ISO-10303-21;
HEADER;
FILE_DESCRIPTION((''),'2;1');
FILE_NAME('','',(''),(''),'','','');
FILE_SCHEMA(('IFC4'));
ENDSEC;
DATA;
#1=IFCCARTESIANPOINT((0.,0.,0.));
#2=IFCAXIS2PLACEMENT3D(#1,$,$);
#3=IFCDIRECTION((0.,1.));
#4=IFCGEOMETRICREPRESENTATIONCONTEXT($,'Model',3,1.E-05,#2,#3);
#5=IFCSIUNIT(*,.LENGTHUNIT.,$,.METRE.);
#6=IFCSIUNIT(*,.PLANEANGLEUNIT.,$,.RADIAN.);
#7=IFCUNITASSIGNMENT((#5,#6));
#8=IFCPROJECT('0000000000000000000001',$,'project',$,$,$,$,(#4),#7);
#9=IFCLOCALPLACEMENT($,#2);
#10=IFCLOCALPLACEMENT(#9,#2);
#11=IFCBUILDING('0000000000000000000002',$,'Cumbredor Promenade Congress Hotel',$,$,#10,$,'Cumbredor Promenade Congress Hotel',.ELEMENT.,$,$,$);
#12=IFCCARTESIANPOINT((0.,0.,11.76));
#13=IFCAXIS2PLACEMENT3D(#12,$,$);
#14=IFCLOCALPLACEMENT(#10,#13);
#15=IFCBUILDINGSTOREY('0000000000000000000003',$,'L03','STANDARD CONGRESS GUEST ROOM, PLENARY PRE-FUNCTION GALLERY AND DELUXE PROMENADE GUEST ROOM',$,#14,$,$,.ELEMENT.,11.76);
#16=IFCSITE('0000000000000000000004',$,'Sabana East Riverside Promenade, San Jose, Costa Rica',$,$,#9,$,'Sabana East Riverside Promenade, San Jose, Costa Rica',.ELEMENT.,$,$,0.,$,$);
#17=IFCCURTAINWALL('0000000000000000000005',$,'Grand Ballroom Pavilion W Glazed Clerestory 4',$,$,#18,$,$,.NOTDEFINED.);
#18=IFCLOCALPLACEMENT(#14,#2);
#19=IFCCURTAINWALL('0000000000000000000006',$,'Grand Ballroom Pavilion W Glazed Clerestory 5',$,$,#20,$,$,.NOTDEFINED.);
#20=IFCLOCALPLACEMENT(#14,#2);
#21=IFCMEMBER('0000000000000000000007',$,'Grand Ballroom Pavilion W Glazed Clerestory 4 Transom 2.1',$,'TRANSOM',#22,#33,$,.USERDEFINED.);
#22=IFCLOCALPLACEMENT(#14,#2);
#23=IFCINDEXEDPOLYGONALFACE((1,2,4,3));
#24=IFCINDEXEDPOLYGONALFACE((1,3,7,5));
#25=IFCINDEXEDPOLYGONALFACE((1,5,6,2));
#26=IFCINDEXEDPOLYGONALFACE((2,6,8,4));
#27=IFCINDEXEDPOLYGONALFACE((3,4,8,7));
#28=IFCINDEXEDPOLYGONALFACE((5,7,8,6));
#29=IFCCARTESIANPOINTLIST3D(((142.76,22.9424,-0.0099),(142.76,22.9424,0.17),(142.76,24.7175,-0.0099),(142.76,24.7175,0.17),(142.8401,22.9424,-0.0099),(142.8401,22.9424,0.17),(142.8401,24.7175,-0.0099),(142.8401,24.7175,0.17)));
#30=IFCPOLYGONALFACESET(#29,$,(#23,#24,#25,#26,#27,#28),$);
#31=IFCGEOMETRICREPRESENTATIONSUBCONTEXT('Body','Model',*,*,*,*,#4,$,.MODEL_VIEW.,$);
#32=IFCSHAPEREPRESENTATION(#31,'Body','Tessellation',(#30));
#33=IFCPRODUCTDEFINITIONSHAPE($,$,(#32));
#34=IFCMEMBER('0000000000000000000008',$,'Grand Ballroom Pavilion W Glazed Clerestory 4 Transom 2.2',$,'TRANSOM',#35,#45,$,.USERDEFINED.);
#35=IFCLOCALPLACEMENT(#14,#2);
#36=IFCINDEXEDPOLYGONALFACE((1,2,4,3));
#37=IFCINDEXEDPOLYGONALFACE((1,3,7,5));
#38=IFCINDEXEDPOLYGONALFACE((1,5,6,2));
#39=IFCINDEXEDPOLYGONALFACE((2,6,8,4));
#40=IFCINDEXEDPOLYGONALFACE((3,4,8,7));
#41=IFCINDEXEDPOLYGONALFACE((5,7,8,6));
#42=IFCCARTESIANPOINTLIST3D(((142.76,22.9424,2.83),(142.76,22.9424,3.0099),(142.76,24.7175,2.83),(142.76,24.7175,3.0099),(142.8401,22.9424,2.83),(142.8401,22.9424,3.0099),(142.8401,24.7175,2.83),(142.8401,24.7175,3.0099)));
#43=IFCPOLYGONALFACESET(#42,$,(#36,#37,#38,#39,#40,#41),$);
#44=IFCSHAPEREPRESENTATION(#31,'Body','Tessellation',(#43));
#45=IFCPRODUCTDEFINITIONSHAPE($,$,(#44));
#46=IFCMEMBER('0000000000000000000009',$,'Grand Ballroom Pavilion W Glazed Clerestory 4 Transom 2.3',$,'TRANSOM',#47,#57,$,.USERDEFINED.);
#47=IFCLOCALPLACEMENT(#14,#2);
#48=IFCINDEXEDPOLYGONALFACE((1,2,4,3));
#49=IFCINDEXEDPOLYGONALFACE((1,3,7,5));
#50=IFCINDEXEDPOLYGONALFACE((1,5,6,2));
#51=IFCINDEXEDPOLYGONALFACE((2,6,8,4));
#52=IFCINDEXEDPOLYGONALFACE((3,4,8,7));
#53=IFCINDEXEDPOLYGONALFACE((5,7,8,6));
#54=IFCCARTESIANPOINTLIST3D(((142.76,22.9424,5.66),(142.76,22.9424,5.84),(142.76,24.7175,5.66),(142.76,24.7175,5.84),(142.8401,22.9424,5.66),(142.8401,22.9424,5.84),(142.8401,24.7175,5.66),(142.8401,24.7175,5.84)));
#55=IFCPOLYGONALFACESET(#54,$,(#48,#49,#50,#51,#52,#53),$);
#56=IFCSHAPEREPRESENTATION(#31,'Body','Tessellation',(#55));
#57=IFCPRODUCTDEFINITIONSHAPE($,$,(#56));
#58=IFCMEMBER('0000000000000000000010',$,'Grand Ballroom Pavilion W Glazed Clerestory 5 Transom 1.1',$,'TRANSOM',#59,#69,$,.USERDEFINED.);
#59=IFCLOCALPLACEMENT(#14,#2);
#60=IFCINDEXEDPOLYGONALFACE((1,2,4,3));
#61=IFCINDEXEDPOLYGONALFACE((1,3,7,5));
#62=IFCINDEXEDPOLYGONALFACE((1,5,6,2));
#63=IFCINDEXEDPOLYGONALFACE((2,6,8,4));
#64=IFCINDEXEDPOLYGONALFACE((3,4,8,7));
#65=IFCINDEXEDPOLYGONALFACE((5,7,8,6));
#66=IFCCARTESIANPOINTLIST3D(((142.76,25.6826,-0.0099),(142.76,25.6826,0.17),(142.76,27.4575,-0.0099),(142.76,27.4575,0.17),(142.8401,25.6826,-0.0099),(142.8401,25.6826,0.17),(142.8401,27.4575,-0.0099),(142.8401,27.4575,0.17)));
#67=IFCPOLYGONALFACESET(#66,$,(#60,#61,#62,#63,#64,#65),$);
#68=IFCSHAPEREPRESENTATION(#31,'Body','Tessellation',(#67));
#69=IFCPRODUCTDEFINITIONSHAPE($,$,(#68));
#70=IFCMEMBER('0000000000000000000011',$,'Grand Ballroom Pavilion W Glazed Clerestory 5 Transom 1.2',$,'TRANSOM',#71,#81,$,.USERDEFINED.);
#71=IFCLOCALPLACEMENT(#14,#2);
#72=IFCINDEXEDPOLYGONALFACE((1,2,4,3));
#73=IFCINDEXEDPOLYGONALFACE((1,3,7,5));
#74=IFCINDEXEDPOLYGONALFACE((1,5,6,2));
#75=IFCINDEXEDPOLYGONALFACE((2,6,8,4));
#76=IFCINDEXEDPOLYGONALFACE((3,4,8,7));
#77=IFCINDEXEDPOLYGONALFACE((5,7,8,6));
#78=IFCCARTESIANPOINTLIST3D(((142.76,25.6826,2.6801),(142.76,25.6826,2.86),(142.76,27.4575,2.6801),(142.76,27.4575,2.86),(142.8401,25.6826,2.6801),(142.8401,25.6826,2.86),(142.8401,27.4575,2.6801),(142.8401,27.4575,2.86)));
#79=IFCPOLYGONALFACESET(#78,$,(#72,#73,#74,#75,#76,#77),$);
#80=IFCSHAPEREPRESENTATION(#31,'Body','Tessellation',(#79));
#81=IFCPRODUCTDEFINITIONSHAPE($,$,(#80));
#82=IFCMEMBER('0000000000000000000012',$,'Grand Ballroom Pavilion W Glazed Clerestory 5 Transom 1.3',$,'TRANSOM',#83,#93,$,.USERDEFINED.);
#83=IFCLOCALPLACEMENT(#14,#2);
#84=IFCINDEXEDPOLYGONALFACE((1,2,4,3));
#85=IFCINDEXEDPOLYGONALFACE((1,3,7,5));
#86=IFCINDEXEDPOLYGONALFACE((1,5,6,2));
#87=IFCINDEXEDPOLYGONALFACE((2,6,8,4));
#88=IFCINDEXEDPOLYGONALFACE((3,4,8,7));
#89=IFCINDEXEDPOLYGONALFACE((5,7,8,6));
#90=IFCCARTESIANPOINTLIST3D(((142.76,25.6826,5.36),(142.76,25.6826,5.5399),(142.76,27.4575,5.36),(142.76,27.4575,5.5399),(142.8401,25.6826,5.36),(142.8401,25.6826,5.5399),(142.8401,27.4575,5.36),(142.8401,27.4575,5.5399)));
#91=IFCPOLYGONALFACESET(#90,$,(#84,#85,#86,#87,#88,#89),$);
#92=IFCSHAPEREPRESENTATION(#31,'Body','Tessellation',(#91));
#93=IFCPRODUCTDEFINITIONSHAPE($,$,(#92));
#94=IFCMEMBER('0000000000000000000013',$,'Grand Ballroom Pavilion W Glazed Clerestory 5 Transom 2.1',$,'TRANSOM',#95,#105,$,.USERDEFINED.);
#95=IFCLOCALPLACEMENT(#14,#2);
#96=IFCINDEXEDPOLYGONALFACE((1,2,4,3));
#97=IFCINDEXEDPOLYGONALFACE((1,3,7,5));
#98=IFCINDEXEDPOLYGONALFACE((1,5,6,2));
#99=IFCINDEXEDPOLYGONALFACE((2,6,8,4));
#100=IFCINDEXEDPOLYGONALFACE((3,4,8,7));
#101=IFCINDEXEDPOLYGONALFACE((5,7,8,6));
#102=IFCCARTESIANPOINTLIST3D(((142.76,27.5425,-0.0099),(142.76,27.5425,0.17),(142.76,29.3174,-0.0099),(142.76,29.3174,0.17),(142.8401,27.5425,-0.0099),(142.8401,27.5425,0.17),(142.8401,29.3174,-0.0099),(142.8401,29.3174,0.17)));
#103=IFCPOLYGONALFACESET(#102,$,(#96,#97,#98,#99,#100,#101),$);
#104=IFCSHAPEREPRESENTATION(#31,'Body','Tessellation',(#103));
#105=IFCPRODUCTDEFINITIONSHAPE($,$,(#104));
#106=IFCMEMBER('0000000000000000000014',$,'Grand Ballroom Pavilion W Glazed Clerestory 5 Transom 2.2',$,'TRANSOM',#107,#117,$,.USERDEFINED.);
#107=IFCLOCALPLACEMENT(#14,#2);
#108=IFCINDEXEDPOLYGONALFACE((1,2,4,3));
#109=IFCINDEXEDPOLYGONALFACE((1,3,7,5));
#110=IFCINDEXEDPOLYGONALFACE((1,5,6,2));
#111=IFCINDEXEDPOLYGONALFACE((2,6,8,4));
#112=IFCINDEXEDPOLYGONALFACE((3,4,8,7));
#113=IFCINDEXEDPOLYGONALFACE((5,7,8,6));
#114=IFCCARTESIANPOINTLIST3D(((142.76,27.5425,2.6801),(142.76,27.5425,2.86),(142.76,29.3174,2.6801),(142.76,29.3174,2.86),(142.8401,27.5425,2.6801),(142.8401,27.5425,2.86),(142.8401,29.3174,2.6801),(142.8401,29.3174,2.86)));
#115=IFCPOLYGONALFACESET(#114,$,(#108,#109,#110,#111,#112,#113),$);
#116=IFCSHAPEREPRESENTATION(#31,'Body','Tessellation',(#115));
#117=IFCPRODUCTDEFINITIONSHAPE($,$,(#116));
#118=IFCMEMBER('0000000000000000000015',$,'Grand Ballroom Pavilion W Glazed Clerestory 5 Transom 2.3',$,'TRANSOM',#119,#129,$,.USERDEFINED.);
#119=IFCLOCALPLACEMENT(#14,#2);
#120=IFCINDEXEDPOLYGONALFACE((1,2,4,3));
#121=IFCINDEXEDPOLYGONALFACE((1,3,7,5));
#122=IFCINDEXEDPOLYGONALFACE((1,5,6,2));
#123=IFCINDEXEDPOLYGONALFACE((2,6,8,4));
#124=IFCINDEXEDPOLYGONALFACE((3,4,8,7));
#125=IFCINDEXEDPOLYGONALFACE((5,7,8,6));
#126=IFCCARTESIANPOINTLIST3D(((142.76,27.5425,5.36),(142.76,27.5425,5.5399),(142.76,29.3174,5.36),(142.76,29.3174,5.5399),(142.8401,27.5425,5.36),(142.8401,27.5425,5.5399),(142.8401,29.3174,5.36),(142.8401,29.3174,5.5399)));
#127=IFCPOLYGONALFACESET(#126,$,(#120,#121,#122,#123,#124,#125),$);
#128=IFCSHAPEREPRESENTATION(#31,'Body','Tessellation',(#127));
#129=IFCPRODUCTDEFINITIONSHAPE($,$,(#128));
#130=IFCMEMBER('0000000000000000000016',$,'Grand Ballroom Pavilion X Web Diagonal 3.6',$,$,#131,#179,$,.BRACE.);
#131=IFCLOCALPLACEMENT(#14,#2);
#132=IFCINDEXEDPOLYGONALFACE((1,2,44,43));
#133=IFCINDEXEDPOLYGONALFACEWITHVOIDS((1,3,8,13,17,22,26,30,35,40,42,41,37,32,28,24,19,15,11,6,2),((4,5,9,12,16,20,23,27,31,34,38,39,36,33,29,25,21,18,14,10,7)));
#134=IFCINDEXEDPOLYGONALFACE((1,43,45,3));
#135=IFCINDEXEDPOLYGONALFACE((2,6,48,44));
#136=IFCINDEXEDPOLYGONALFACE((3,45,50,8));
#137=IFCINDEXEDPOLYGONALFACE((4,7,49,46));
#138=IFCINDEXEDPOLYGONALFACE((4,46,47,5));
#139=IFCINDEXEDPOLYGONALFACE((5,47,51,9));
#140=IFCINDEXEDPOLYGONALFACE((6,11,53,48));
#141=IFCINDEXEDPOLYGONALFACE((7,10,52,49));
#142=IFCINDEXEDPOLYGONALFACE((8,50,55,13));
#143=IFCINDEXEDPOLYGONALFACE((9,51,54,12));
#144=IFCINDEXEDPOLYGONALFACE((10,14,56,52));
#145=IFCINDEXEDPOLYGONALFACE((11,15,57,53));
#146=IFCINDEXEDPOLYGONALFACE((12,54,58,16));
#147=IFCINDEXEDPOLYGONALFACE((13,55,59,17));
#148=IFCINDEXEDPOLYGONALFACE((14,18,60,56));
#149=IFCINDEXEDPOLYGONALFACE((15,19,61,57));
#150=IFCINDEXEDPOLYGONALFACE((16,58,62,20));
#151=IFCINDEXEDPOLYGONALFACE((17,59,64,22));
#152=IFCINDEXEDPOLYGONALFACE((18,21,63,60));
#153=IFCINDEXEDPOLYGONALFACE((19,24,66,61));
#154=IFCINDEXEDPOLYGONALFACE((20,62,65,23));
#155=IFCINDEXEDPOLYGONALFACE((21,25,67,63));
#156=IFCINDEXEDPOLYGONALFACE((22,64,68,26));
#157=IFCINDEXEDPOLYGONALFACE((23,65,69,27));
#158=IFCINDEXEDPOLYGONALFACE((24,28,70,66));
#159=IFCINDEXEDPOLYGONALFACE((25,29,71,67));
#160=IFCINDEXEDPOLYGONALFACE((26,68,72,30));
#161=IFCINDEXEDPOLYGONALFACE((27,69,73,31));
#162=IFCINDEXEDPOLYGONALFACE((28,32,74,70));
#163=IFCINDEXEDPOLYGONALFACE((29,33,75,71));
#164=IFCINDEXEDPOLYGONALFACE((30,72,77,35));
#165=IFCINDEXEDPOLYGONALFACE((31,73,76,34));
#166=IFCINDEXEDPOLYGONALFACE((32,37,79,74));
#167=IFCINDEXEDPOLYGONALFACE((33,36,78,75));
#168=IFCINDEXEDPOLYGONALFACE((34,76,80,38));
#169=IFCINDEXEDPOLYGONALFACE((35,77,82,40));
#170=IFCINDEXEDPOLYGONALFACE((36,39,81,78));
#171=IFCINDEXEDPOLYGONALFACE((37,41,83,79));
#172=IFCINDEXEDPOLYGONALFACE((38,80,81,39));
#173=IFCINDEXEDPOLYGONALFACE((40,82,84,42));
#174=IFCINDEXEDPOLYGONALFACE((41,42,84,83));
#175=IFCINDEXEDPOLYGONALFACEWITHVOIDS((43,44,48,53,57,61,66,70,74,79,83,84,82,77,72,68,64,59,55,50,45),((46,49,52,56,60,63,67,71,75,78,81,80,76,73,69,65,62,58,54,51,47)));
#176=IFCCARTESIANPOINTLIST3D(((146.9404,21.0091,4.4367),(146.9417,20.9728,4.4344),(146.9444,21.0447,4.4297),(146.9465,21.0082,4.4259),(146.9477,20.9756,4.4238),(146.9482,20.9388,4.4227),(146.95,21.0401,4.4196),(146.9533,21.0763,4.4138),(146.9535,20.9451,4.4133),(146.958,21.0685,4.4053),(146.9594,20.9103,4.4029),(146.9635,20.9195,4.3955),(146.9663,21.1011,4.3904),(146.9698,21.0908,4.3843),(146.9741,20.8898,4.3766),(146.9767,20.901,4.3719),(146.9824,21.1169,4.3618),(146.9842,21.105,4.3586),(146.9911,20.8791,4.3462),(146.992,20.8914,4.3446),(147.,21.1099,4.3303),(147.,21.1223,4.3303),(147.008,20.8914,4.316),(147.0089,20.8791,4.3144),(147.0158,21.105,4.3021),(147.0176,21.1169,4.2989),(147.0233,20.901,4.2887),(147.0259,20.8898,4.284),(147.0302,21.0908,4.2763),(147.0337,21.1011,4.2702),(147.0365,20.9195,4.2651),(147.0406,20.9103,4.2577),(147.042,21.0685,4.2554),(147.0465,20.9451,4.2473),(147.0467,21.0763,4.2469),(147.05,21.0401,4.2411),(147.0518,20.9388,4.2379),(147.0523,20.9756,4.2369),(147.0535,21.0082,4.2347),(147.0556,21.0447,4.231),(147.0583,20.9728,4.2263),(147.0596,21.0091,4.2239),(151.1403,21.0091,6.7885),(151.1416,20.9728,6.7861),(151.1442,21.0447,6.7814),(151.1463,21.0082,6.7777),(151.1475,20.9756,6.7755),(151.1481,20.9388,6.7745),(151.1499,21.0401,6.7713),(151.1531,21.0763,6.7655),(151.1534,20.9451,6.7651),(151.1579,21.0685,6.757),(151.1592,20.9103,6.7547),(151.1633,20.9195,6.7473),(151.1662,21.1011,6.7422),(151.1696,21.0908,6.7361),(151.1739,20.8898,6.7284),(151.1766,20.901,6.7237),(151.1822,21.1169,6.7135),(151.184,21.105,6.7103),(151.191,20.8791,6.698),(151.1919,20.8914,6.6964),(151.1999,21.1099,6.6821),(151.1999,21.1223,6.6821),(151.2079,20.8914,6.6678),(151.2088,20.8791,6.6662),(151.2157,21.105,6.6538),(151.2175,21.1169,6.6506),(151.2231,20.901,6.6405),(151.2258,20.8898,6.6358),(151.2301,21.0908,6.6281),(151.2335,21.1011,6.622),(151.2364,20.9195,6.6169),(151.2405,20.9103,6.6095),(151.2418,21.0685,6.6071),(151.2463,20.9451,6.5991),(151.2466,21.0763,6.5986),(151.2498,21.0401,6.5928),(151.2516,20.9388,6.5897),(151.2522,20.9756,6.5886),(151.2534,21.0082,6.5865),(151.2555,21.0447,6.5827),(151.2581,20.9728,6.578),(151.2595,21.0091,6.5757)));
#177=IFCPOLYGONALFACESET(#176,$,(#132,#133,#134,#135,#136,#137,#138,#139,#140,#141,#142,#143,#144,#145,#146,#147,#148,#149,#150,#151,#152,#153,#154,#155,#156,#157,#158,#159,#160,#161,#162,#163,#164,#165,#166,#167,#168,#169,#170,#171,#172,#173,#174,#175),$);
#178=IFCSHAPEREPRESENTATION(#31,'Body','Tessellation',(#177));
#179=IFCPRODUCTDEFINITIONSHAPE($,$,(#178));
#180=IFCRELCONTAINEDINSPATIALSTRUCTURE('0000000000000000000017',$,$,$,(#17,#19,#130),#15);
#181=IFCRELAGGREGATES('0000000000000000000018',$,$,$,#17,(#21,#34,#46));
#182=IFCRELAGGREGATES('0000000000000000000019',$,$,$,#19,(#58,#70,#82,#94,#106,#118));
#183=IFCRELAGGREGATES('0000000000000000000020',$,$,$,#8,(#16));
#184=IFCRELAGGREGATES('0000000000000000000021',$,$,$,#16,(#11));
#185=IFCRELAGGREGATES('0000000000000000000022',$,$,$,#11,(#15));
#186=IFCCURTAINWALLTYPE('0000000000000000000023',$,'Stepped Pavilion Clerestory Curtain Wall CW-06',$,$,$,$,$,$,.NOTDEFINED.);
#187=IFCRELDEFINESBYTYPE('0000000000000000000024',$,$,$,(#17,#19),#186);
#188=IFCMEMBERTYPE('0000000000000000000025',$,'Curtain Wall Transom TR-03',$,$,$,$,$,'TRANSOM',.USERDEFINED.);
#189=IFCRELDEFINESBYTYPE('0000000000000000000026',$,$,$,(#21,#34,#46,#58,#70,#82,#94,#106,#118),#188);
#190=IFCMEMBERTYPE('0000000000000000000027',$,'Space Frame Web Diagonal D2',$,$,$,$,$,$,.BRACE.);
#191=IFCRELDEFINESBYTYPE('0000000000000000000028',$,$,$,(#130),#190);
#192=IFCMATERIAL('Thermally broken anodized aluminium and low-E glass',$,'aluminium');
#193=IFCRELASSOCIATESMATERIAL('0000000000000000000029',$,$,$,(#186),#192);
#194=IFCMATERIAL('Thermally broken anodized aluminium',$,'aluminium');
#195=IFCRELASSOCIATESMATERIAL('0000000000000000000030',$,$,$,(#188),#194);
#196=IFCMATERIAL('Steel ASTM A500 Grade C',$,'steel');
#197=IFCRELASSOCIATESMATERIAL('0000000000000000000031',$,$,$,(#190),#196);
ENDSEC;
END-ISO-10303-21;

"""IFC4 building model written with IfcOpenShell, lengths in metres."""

from ifc_helpers import new_model, si_unit, direction, frame, origin, origin_2d, place, context, subcontext, project, spatial, rectangle, hollow_circle, extrude, material, material_profile, profile_set, type_object, element, aggregate, save


model = new_model("IFC4")

# Units and contexts
model_context = context("Model", 3, precision=1e-05, world=origin(), true_north=direction((0.0, 1.0)))
body_context = subcontext(model_context, "Body", "Model", "MODEL_VIEW")
ifc_project = project(units=[si_unit("LENGTHUNIT", "METRE"), si_unit("PLANEANGLEUNIT", "RADIAN")], contexts=[model_context])

# Site, building, storey
site_placement = place(None, origin())
site = spatial("IfcSite", under=ifc_project, at=site_placement, Name="Sabana East Riverside Promenade, San Jose, Costa Rica", LongName="Sabana East Riverside Promenade, San Jose, Costa Rica", CompositionType="ELEMENT", RefElevation=0.0)
building_placement = place(site_placement, origin())
building = spatial("IfcBuilding", under=site, at=building_placement, Name="Cumbredor Promenade Congress Hotel", LongName="Cumbredor Promenade Congress Hotel", CompositionType="ELEMENT")
storey_placement = place(building_placement, frame((0.0, 0.0, 11.76)))
storey = spatial("IfcBuildingStorey", under=building, at=storey_placement, Name="L03", Description="STANDARD CONGRESS GUEST ROOM, PLENARY PRE-FUNCTION GALLERY AND DELUXE PROMENADE GUEST ROOM", CompositionType="ELEMENT", Elevation=11.76)

# Shared definitions
ifc_material_1 = material(Name="Steel ASTM A500 Grade C", Category="steel")

# Curtain wall
ifc_material_2 = material(Name="Thermally broken anodized aluminium and low-E glass", Category="aluminium")
curtain_wall_type = type_object("IfcCurtainWallType", Name="Stepped Pavilion Clerestory Curtain Wall CW-06", PredefinedType="NOTDEFINED", material=ifc_material_2)
curtain_wall_1_placement = place(storey_placement, origin())
curtain_wall_1 = element("IfcCurtainWall", 1, at=curtain_wall_1_placement, inside=storey, type_object=curtain_wall_type, Name="Grand Ballroom Pavilion W Glazed Clerestory 4", PredefinedType="NOTDEFINED")
ifc_material_3 = material(Name="Thermally broken anodized aluminium", Category="aluminium")

# Curtain wall
curtain_wall_2_placement = place(storey_placement, origin())
curtain_wall_2 = element("IfcCurtainWall", 2, at=curtain_wall_2_placement, inside=storey, type_object=curtain_wall_type, Name="Grand Ballroom Pavilion W Glazed Clerestory 5", PredefinedType="NOTDEFINED")

# Members
ifc_material_profile_1 = material_profile(ifc_material_3, rectangle(XDim=0.0801, YDim=0.1799, at=origin_2d()), Name="ALU TRANSOM 80x180")
ifc_profile_set_1 = profile_set([ifc_material_profile_1], Name="Thermally broken anodized aluminium")
member_type_1 = type_object("IfcMemberType", Name="Curtain Wall Transom TR-03", ElementType="TRANSOM", PredefinedType="USERDEFINED", material=ifc_profile_set_1)
member_1_placement = place(storey_placement, frame((142.8, 22.9424, 0.0801), z_axis=(0.0, 1.0, 0.0), x_axis=(-1.0, 0.0, 0.0)))
member_1 = element("IfcMember", 3, at=member_1_placement, type_object=member_type_1, Name="Grand Ballroom Pavilion W Glazed Clerestory 4 Transom 2.1", ObjectType="TRANSOM", PredefinedType="USERDEFINED", context=body_context, shape_type="SweptSolid", body=[
    extrude(rectangle(XDim=0.0801, YDim=0.1799, at=origin_2d()), origin(), (0.0, 0.0, 1.0), 1.7751),
])
member_2_placement = place(storey_placement, frame((142.8, 22.9424, 2.9199), z_axis=(0.0, 1.0, 0.0), x_axis=(-1.0, 0.0, 0.0)))
member_2 = element("IfcMember", 4, at=member_2_placement, type_object=member_type_1, Name="Grand Ballroom Pavilion W Glazed Clerestory 4 Transom 2.2", ObjectType="TRANSOM", PredefinedType="USERDEFINED", context=body_context, shape_type="SweptSolid", body=[
    extrude(rectangle(XDim=0.0801, YDim=0.1799, at=origin_2d()), origin(), (0.0, 0.0, 1.0), 1.7751),
])
member_3_placement = place(storey_placement, frame((142.8, 22.9424, 5.75), z_axis=(0.0, 1.0, 0.0), x_axis=(-1.0, 0.0, 0.0)))
member_3 = element("IfcMember", 5, at=member_3_placement, type_object=member_type_1, Name="Grand Ballroom Pavilion W Glazed Clerestory 4 Transom 2.3", ObjectType="TRANSOM", PredefinedType="USERDEFINED", context=body_context, shape_type="SweptSolid", body=[
    extrude(rectangle(XDim=0.0801, YDim=0.1799, at=origin_2d()), origin(), (0.0, 0.0, 1.0), 1.7751),
])
member_4_placement = place(storey_placement, frame((142.8, 25.6826, 0.0801), z_axis=(0.0, 1.0, 0.0), x_axis=(-1.0, 0.0, 0.0)))
member_4 = element("IfcMember", 6, at=member_4_placement, type_object=member_type_1, Name="Grand Ballroom Pavilion W Glazed Clerestory 5 Transom 1.1", ObjectType="TRANSOM", PredefinedType="USERDEFINED", context=body_context, shape_type="SweptSolid", body=[
    extrude(rectangle(XDim=0.0801, YDim=0.1799, at=origin_2d()), origin(), (0.0, 0.0, 1.0), 1.7749),
])
member_5_placement = place(storey_placement, frame((142.8, 25.6826, 2.77), z_axis=(0.0, 1.0, 0.0), x_axis=(-1.0, 0.0, 0.0)))
member_5 = element("IfcMember", 7, at=member_5_placement, type_object=member_type_1, Name="Grand Ballroom Pavilion W Glazed Clerestory 5 Transom 1.2", ObjectType="TRANSOM", PredefinedType="USERDEFINED", context=body_context, shape_type="SweptSolid", body=[
    extrude(rectangle(XDim=0.0801, YDim=0.1799, at=origin_2d()), origin(), (0.0, 0.0, 1.0), 1.7749),
])
member_6_placement = place(storey_placement, frame((142.8, 25.6826, 5.45), z_axis=(0.0, 1.0, 0.0), x_axis=(-1.0, 0.0, 0.0)))
member_6 = element("IfcMember", 8, at=member_6_placement, type_object=member_type_1, Name="Grand Ballroom Pavilion W Glazed Clerestory 5 Transom 1.3", ObjectType="TRANSOM", PredefinedType="USERDEFINED", context=body_context, shape_type="SweptSolid", body=[
    extrude(rectangle(XDim=0.0801, YDim=0.1799, at=origin_2d()), origin(), (0.0, 0.0, 1.0), 1.7749),
])
member_7_placement = place(storey_placement, frame((142.8, 27.5425, 0.0801), z_axis=(0.0, 1.0, 0.0), x_axis=(-1.0, 0.0, 0.0)))
member_7 = element("IfcMember", 9, at=member_7_placement, type_object=member_type_1, Name="Grand Ballroom Pavilion W Glazed Clerestory 5 Transom 2.1", ObjectType="TRANSOM", PredefinedType="USERDEFINED", context=body_context, shape_type="SweptSolid", body=[
    extrude(rectangle(XDim=0.0801, YDim=0.1799, at=origin_2d()), origin(), (0.0, 0.0, 1.0), 1.7749),
])
member_8_placement = place(storey_placement, frame((142.8, 27.5425, 2.77), z_axis=(0.0, 1.0, 0.0), x_axis=(-1.0, 0.0, 0.0)))
member_8 = element("IfcMember", 10, at=member_8_placement, type_object=member_type_1, Name="Grand Ballroom Pavilion W Glazed Clerestory 5 Transom 2.2", ObjectType="TRANSOM", PredefinedType="USERDEFINED", context=body_context, shape_type="SweptSolid", body=[
    extrude(rectangle(XDim=0.0801, YDim=0.1799, at=origin_2d()), origin(), (0.0, 0.0, 1.0), 1.7749),
])
member_9_placement = place(storey_placement, frame((142.8, 27.5425, 5.45), z_axis=(0.0, 1.0, 0.0), x_axis=(-1.0, 0.0, 0.0)))
member_9 = element("IfcMember", 11, at=member_9_placement, type_object=member_type_1, Name="Grand Ballroom Pavilion W Glazed Clerestory 5 Transom 2.3", ObjectType="TRANSOM", PredefinedType="USERDEFINED", context=body_context, shape_type="SweptSolid", body=[
    extrude(rectangle(XDim=0.0801, YDim=0.1799, at=origin_2d()), origin(), (0.0, 0.0, 1.0), 1.7749),
])

# Member
ifc_material_profile_2 = material_profile(ifc_material_1, hollow_circle(Radius=0.1223, WallThickness=0.0125, at=origin_2d()), Name="CHS 244.5x12.5")
ifc_profile_set_2 = profile_set([ifc_material_profile_2], Name="Steel ASTM A500 Grade C")
member_type_2 = type_object("IfcMemberType", Name="Space Frame Web Diagonal D2", PredefinedType="BRACE", material=ifc_profile_set_2)
member_10_placement = place(storey_placement, frame((147.0, 21.0, 4.3303), z_axis=(0.872521, 0.0, 0.488577), x_axis=(0.0, 1.0, 0.0)))
element("IfcMember", 12, at=member_10_placement, inside=storey, type_object=member_type_2, Name="Grand Ballroom Pavilion X Web Diagonal 3.6", PredefinedType="BRACE", context=body_context, shape_type="SweptSolid", body=[
    extrude(hollow_circle(Radius=0.1223, WallThickness=0.0125, at=origin_2d()), origin(), (0.0, 0.0, 1.0), 4.8135),
])

aggregate(curtain_wall_1, [member_1, member_2, member_3])
aggregate(curtain_wall_2, [member_4, member_5, member_6, member_7, member_8, member_9])

save(model, "model.ifc")
